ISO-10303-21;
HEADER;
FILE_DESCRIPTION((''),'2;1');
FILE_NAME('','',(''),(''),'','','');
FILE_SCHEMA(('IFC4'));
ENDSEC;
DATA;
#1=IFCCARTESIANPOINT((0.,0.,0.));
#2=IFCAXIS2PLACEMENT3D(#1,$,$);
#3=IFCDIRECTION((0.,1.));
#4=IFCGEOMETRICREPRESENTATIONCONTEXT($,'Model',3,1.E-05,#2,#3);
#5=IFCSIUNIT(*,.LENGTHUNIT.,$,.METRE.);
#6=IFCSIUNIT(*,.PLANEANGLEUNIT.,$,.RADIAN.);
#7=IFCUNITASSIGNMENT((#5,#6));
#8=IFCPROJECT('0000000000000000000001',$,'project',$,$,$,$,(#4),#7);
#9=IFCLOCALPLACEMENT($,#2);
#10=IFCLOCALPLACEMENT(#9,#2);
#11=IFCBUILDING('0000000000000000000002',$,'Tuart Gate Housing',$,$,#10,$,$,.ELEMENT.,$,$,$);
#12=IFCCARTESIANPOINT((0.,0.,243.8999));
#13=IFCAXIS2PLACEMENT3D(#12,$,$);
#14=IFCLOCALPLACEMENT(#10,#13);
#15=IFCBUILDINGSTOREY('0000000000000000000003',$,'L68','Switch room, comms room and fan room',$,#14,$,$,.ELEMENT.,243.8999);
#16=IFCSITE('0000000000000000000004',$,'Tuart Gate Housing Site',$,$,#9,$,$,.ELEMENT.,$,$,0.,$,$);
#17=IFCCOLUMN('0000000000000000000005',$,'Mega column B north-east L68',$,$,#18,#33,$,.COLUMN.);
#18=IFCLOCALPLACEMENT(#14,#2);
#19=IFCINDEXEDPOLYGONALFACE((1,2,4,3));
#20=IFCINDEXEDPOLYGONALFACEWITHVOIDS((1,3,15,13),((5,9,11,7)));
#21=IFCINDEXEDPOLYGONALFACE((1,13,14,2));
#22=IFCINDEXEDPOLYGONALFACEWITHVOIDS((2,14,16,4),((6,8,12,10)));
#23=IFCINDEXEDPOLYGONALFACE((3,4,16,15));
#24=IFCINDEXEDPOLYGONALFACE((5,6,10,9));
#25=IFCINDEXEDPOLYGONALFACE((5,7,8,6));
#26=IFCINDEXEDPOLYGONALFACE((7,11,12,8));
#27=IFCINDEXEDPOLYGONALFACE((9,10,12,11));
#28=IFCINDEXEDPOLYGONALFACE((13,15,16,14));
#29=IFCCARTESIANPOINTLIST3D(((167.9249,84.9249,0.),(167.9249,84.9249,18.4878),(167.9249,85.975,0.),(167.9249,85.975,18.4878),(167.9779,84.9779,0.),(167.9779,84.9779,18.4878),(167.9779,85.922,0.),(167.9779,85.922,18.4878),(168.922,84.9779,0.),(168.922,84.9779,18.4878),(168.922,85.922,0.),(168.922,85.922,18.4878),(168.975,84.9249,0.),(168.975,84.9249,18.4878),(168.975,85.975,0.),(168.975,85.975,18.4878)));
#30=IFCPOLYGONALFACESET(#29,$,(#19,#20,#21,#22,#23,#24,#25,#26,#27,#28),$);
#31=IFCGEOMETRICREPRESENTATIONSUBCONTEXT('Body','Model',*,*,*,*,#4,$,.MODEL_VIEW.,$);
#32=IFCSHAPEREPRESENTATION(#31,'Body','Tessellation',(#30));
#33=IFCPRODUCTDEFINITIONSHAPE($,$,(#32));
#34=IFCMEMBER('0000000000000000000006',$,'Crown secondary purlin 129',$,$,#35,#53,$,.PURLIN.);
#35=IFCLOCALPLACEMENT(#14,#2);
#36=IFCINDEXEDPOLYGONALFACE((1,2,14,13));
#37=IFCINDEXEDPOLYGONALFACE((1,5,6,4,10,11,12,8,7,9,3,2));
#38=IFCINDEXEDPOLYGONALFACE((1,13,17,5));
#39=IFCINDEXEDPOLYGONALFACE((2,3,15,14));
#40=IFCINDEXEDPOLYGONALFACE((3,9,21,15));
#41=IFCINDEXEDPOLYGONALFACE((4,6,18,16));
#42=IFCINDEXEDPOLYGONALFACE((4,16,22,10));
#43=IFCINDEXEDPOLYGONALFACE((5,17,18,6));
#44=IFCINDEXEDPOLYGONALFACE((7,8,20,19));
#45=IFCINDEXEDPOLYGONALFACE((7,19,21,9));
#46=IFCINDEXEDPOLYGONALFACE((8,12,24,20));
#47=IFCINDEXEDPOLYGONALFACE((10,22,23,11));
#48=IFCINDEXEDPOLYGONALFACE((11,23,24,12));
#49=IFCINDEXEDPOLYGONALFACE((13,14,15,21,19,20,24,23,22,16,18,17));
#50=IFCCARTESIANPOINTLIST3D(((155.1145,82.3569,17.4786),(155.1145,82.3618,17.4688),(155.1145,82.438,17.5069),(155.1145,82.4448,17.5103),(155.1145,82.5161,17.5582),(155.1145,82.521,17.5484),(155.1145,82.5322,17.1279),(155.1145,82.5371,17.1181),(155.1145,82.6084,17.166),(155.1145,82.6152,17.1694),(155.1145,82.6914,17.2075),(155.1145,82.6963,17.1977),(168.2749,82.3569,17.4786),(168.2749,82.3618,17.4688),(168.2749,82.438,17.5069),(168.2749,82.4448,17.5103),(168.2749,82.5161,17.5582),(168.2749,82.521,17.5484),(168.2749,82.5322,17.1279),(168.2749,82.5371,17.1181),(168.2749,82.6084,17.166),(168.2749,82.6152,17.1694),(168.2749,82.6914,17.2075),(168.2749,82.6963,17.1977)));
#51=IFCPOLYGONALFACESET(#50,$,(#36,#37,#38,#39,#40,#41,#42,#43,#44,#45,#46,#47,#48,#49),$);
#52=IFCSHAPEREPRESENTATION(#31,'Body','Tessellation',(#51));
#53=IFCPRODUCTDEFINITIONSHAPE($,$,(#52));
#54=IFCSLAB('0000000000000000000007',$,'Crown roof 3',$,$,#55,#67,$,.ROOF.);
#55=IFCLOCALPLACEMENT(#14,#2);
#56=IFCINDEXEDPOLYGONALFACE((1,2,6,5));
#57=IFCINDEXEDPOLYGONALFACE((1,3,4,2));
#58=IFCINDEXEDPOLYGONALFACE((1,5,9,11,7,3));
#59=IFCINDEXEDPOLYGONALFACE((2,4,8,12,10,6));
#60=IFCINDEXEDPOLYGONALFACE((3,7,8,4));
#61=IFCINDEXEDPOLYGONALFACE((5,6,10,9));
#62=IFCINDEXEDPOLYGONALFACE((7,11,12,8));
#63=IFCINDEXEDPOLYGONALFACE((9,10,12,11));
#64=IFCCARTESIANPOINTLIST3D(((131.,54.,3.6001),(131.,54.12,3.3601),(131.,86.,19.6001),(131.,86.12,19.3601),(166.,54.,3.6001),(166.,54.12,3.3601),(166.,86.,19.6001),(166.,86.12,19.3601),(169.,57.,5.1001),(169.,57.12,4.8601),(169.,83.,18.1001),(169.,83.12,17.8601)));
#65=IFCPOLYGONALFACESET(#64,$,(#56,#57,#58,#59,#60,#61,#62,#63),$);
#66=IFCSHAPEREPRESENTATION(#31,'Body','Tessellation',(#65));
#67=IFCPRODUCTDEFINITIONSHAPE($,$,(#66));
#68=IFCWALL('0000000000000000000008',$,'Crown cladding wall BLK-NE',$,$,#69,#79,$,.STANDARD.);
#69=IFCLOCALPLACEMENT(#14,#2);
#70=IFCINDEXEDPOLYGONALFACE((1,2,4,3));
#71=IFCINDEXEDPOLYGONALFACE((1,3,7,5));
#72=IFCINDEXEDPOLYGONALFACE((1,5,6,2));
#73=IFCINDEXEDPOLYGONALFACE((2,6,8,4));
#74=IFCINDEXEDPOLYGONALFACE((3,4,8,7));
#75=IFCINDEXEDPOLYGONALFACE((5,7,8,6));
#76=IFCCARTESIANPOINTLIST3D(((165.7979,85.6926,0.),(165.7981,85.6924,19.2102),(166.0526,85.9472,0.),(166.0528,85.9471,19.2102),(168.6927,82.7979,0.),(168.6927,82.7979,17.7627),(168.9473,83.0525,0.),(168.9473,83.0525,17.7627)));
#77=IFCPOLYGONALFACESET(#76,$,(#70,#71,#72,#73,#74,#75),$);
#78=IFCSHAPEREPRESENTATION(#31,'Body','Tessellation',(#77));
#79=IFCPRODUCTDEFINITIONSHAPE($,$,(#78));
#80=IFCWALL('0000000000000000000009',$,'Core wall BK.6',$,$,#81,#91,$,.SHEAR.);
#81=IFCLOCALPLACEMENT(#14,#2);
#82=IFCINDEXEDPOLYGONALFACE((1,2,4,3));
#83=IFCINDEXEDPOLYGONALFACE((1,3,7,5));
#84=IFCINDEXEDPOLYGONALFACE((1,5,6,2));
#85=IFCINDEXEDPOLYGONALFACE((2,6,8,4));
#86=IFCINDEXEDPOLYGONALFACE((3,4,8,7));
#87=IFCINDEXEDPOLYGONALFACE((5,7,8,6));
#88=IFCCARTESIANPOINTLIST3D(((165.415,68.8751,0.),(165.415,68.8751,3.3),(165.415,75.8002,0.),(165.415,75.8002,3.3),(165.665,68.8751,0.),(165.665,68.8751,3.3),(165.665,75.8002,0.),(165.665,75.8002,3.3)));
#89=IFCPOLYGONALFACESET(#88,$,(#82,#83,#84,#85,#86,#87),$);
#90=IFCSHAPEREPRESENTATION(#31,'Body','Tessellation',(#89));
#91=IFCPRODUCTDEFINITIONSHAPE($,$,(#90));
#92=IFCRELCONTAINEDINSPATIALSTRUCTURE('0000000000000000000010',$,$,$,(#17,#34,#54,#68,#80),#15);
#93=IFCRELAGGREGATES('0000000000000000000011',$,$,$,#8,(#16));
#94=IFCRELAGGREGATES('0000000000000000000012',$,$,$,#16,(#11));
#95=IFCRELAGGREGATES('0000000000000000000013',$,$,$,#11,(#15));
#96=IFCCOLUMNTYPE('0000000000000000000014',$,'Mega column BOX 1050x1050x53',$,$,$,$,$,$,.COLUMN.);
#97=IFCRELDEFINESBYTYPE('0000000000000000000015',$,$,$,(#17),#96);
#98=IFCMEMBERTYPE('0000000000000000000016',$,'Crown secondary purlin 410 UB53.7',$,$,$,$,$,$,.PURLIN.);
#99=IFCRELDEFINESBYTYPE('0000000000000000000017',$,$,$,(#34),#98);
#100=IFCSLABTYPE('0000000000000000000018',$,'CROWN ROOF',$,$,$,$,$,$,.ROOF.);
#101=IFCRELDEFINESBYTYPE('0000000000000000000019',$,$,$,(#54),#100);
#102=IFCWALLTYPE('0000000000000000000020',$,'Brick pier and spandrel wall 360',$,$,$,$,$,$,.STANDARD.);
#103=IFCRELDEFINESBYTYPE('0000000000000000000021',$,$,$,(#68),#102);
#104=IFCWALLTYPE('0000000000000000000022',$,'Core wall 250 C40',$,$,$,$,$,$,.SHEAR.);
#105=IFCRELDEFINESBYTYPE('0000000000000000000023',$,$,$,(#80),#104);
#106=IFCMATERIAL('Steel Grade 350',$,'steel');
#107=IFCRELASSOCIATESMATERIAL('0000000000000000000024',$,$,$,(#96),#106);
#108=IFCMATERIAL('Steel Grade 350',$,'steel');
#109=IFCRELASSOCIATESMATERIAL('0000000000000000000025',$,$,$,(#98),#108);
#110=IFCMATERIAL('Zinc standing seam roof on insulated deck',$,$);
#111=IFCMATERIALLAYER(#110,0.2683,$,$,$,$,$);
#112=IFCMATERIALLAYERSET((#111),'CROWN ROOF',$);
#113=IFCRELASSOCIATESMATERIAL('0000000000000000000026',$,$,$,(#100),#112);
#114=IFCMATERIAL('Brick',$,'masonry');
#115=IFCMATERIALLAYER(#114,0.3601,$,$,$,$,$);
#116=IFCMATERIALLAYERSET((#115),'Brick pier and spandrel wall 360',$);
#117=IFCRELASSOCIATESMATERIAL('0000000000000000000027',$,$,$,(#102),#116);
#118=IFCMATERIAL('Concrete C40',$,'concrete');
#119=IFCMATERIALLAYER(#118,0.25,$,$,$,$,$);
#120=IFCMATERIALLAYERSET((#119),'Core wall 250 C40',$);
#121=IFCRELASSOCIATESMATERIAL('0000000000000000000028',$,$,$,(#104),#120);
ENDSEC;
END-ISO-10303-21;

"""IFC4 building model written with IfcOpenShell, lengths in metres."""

from ifc_helpers import new_model, si_unit, direction, frame, frame_2d, origin, origin_2d, place, context, subcontext, project, spatial, polyline, rectangle, hollow_rectangle, i_section, outline, extrude, material, layer, layer_set, material_profile, profile_set, type_object, element, save


model = new_model("IFC4")

# Units and contexts
model_context = context("Model", 3, precision=1e-05, world=origin(), true_north=direction((0.0, 1.0)))
body_context = subcontext(model_context, "Body", "Model", "MODEL_VIEW")
ifc_project = project(units=[si_unit("LENGTHUNIT", "METRE"), si_unit("PLANEANGLEUNIT", "RADIAN")], contexts=[model_context])

# Site, building, storey
site_placement = place(None, origin())
site = spatial("IfcSite", under=ifc_project, at=site_placement, Name="Tuart Gate Housing Site", CompositionType="ELEMENT", RefElevation=0.0)
building_placement = place(site_placement, origin())
building = spatial("IfcBuilding", under=site, at=building_placement, Name="Tuart Gate Housing", CompositionType="ELEMENT")
storey_placement = place(building_placement, frame((0.0, 0.0, 243.8999)))
storey = spatial("IfcBuildingStorey", under=building, at=storey_placement, Name="L68", Description="Switch room, comms room and fan room", CompositionType="ELEMENT", Elevation=243.8999)

# Column
ifc_material_1 = material(Name="Steel Grade 350", Category="steel")
ifc_material_profile_1 = material_profile(ifc_material_1, hollow_rectangle(XDim=1.05, YDim=1.05, WallThickness=0.053, at=origin_2d()), Name="BOX 1050x1050x53")
ifc_profile_set_1 = profile_set([ifc_material_profile_1], Name="Steel Grade 350")
column_type = type_object("IfcColumnType", Name="Mega column BOX 1050x1050x53", PredefinedType="COLUMN", material=ifc_profile_set_1)
column_placement = place(storey_placement, frame((168.45, 85.45, 0.0), z_axis=(0.0, 0.0, 1.0), x_axis=(1.0, 0.0, 0.0)))
element("IfcColumn", 1, at=column_placement, inside=storey, type_object=column_type, Name="Mega column B north-east L68", PredefinedType="COLUMN", context=body_context, shape_type="SweptSolid", body=[
    extrude(hollow_rectangle(XDim=1.05, YDim=1.05, WallThickness=0.053, at=origin_2d()), origin(), (0.0, 0.0, 1.0), 18.4878),
])

# Member
ifc_material_2 = material(Name="Steel Grade 350", Category="steel")
ifc_material_profile_2 = material_profile(ifc_material_2, i_section(OverallWidth=0.178, OverallDepth=0.4031, WebThickness=0.0076, FlangeThickness=0.011, at=origin_2d()), Name="410UB53.7")
ifc_profile_set_2 = profile_set([ifc_material_profile_2], Name="Steel Grade 350")
member_type = type_object("IfcMemberType", Name="Crown secondary purlin 410 UB53.7", PredefinedType="PURLIN", material=ifc_profile_set_2)
member_placement = place(storey_placement, frame((155.1145, 82.5266, 17.3381), z_axis=(1.0, 0.0, 0.0), x_axis=(0.0, 0.894427, 0.447214)))
element("IfcMember", 2, at=member_placement, inside=storey, type_object=member_type, Name="Crown secondary purlin 129", PredefinedType="PURLIN", context=body_context, shape_type="SweptSolid", body=[
    extrude(i_section(OverallWidth=0.178, OverallDepth=0.4031, WebThickness=0.0076, FlangeThickness=0.011, at=origin_2d()), origin(), (0.0, 0.0, 1.0), 13.1604),
])

# Slab
ifc_material_3 = material(Name="Zinc standing seam roof on insulated deck")
ifc_layer_1 = layer(ifc_material_3, 0.2683)
ifc_layer_set_1 = layer_set([ifc_layer_1], Name="CROWN ROOF")
slab_type = type_object("IfcSlabType", Name="CROWN ROOF", PredefinedType="ROOF", material=ifc_layer_set_1)
slab_placement = place(storey_placement, frame((166.0, 86.0, 19.6001), z_axis=(0.0, -0.447214, 0.894427), x_axis=(0.666667, -0.666667, -0.333333)))
element("IfcSlab", 3, at=slab_placement, inside=storey, type_object=slab_type, Name="Crown roof 3", PredefinedType="ROOF", context=body_context, shape_type="SweptSolid", body=[
    extrude(outline(polyline([(0.0, 0.0), (4.5, 0.0), (26.1667, -19.3793), (26.6667, -23.8514), (3.3333, -49.9389), (-23.3333, -26.0875), (0.0, 0.0)])), origin(), (0.0, 0.0, -1.0), 0.2683),
])

# Wall
ifc_material_4 = material(Name="Brick", Category="masonry")
ifc_layer_2 = layer(ifc_material_4, 0.3601)
ifc_layer_set_2 = layer_set([ifc_layer_2], Name="Brick pier and spandrel wall 360")
wall_type_1 = type_object("IfcWallType", Name="Brick pier and spandrel wall 360", PredefinedType="STANDARD", material=ifc_layer_set_2)
wall_1_placement = place(storey_placement, frame((168.8201, 82.9253, 0.0), z_axis=(0.0, 0.0, 1.0), x_axis=(-0.707107, 0.707107, 0.0)))
element("IfcWall", 4, at=wall_1_placement, inside=storey, type_object=wall_type_1, Name="Crown cladding wall BLK-NE", PredefinedType="STANDARD", context=body_context, shape_type="SweptSolid", body=[
    extrude(outline(polyline([(0.0, 0.0), (4.0938, 0.0), (4.0935, 19.2102), (0.0, 17.7627), (0.0, 0.0)])), frame((0.0, 0.1802, 0.0), z_axis=(0.0, -1.0, 0.0), x_axis=(1.0, 0.0, 0.0)), (0.0, 0.0, 1.0), 0.3601),
])

# Wall
ifc_material_5 = material(Name="Concrete C40", Category="concrete")
ifc_layer_3 = layer(ifc_material_5, 0.25)
ifc_layer_set_3 = layer_set([ifc_layer_3], Name="Core wall 250 C40")
wall_type_2 = type_object("IfcWallType", Name="Core wall 250 C40", PredefinedType="SHEAR", material=ifc_layer_set_3)
wall_2_placement = place(storey_placement, frame((165.54, 75.8, 0.0), z_axis=(0.0, 0.0, 1.0), x_axis=(0.0, -1.0, 0.0)))
element("IfcWall", 5, at=wall_2_placement, inside=storey, type_object=wall_type_2, Name="Core wall BK.6", PredefinedType="SHEAR", context=body_context, shape_type="SweptSolid", body=[
    extrude(rectangle(XDim=6.925, YDim=0.25, at=frame_2d((3.4624, 0.0))), origin(), (0.0, 0.0, 1.0), 3.3),
])

save(model, "model.ifc")
